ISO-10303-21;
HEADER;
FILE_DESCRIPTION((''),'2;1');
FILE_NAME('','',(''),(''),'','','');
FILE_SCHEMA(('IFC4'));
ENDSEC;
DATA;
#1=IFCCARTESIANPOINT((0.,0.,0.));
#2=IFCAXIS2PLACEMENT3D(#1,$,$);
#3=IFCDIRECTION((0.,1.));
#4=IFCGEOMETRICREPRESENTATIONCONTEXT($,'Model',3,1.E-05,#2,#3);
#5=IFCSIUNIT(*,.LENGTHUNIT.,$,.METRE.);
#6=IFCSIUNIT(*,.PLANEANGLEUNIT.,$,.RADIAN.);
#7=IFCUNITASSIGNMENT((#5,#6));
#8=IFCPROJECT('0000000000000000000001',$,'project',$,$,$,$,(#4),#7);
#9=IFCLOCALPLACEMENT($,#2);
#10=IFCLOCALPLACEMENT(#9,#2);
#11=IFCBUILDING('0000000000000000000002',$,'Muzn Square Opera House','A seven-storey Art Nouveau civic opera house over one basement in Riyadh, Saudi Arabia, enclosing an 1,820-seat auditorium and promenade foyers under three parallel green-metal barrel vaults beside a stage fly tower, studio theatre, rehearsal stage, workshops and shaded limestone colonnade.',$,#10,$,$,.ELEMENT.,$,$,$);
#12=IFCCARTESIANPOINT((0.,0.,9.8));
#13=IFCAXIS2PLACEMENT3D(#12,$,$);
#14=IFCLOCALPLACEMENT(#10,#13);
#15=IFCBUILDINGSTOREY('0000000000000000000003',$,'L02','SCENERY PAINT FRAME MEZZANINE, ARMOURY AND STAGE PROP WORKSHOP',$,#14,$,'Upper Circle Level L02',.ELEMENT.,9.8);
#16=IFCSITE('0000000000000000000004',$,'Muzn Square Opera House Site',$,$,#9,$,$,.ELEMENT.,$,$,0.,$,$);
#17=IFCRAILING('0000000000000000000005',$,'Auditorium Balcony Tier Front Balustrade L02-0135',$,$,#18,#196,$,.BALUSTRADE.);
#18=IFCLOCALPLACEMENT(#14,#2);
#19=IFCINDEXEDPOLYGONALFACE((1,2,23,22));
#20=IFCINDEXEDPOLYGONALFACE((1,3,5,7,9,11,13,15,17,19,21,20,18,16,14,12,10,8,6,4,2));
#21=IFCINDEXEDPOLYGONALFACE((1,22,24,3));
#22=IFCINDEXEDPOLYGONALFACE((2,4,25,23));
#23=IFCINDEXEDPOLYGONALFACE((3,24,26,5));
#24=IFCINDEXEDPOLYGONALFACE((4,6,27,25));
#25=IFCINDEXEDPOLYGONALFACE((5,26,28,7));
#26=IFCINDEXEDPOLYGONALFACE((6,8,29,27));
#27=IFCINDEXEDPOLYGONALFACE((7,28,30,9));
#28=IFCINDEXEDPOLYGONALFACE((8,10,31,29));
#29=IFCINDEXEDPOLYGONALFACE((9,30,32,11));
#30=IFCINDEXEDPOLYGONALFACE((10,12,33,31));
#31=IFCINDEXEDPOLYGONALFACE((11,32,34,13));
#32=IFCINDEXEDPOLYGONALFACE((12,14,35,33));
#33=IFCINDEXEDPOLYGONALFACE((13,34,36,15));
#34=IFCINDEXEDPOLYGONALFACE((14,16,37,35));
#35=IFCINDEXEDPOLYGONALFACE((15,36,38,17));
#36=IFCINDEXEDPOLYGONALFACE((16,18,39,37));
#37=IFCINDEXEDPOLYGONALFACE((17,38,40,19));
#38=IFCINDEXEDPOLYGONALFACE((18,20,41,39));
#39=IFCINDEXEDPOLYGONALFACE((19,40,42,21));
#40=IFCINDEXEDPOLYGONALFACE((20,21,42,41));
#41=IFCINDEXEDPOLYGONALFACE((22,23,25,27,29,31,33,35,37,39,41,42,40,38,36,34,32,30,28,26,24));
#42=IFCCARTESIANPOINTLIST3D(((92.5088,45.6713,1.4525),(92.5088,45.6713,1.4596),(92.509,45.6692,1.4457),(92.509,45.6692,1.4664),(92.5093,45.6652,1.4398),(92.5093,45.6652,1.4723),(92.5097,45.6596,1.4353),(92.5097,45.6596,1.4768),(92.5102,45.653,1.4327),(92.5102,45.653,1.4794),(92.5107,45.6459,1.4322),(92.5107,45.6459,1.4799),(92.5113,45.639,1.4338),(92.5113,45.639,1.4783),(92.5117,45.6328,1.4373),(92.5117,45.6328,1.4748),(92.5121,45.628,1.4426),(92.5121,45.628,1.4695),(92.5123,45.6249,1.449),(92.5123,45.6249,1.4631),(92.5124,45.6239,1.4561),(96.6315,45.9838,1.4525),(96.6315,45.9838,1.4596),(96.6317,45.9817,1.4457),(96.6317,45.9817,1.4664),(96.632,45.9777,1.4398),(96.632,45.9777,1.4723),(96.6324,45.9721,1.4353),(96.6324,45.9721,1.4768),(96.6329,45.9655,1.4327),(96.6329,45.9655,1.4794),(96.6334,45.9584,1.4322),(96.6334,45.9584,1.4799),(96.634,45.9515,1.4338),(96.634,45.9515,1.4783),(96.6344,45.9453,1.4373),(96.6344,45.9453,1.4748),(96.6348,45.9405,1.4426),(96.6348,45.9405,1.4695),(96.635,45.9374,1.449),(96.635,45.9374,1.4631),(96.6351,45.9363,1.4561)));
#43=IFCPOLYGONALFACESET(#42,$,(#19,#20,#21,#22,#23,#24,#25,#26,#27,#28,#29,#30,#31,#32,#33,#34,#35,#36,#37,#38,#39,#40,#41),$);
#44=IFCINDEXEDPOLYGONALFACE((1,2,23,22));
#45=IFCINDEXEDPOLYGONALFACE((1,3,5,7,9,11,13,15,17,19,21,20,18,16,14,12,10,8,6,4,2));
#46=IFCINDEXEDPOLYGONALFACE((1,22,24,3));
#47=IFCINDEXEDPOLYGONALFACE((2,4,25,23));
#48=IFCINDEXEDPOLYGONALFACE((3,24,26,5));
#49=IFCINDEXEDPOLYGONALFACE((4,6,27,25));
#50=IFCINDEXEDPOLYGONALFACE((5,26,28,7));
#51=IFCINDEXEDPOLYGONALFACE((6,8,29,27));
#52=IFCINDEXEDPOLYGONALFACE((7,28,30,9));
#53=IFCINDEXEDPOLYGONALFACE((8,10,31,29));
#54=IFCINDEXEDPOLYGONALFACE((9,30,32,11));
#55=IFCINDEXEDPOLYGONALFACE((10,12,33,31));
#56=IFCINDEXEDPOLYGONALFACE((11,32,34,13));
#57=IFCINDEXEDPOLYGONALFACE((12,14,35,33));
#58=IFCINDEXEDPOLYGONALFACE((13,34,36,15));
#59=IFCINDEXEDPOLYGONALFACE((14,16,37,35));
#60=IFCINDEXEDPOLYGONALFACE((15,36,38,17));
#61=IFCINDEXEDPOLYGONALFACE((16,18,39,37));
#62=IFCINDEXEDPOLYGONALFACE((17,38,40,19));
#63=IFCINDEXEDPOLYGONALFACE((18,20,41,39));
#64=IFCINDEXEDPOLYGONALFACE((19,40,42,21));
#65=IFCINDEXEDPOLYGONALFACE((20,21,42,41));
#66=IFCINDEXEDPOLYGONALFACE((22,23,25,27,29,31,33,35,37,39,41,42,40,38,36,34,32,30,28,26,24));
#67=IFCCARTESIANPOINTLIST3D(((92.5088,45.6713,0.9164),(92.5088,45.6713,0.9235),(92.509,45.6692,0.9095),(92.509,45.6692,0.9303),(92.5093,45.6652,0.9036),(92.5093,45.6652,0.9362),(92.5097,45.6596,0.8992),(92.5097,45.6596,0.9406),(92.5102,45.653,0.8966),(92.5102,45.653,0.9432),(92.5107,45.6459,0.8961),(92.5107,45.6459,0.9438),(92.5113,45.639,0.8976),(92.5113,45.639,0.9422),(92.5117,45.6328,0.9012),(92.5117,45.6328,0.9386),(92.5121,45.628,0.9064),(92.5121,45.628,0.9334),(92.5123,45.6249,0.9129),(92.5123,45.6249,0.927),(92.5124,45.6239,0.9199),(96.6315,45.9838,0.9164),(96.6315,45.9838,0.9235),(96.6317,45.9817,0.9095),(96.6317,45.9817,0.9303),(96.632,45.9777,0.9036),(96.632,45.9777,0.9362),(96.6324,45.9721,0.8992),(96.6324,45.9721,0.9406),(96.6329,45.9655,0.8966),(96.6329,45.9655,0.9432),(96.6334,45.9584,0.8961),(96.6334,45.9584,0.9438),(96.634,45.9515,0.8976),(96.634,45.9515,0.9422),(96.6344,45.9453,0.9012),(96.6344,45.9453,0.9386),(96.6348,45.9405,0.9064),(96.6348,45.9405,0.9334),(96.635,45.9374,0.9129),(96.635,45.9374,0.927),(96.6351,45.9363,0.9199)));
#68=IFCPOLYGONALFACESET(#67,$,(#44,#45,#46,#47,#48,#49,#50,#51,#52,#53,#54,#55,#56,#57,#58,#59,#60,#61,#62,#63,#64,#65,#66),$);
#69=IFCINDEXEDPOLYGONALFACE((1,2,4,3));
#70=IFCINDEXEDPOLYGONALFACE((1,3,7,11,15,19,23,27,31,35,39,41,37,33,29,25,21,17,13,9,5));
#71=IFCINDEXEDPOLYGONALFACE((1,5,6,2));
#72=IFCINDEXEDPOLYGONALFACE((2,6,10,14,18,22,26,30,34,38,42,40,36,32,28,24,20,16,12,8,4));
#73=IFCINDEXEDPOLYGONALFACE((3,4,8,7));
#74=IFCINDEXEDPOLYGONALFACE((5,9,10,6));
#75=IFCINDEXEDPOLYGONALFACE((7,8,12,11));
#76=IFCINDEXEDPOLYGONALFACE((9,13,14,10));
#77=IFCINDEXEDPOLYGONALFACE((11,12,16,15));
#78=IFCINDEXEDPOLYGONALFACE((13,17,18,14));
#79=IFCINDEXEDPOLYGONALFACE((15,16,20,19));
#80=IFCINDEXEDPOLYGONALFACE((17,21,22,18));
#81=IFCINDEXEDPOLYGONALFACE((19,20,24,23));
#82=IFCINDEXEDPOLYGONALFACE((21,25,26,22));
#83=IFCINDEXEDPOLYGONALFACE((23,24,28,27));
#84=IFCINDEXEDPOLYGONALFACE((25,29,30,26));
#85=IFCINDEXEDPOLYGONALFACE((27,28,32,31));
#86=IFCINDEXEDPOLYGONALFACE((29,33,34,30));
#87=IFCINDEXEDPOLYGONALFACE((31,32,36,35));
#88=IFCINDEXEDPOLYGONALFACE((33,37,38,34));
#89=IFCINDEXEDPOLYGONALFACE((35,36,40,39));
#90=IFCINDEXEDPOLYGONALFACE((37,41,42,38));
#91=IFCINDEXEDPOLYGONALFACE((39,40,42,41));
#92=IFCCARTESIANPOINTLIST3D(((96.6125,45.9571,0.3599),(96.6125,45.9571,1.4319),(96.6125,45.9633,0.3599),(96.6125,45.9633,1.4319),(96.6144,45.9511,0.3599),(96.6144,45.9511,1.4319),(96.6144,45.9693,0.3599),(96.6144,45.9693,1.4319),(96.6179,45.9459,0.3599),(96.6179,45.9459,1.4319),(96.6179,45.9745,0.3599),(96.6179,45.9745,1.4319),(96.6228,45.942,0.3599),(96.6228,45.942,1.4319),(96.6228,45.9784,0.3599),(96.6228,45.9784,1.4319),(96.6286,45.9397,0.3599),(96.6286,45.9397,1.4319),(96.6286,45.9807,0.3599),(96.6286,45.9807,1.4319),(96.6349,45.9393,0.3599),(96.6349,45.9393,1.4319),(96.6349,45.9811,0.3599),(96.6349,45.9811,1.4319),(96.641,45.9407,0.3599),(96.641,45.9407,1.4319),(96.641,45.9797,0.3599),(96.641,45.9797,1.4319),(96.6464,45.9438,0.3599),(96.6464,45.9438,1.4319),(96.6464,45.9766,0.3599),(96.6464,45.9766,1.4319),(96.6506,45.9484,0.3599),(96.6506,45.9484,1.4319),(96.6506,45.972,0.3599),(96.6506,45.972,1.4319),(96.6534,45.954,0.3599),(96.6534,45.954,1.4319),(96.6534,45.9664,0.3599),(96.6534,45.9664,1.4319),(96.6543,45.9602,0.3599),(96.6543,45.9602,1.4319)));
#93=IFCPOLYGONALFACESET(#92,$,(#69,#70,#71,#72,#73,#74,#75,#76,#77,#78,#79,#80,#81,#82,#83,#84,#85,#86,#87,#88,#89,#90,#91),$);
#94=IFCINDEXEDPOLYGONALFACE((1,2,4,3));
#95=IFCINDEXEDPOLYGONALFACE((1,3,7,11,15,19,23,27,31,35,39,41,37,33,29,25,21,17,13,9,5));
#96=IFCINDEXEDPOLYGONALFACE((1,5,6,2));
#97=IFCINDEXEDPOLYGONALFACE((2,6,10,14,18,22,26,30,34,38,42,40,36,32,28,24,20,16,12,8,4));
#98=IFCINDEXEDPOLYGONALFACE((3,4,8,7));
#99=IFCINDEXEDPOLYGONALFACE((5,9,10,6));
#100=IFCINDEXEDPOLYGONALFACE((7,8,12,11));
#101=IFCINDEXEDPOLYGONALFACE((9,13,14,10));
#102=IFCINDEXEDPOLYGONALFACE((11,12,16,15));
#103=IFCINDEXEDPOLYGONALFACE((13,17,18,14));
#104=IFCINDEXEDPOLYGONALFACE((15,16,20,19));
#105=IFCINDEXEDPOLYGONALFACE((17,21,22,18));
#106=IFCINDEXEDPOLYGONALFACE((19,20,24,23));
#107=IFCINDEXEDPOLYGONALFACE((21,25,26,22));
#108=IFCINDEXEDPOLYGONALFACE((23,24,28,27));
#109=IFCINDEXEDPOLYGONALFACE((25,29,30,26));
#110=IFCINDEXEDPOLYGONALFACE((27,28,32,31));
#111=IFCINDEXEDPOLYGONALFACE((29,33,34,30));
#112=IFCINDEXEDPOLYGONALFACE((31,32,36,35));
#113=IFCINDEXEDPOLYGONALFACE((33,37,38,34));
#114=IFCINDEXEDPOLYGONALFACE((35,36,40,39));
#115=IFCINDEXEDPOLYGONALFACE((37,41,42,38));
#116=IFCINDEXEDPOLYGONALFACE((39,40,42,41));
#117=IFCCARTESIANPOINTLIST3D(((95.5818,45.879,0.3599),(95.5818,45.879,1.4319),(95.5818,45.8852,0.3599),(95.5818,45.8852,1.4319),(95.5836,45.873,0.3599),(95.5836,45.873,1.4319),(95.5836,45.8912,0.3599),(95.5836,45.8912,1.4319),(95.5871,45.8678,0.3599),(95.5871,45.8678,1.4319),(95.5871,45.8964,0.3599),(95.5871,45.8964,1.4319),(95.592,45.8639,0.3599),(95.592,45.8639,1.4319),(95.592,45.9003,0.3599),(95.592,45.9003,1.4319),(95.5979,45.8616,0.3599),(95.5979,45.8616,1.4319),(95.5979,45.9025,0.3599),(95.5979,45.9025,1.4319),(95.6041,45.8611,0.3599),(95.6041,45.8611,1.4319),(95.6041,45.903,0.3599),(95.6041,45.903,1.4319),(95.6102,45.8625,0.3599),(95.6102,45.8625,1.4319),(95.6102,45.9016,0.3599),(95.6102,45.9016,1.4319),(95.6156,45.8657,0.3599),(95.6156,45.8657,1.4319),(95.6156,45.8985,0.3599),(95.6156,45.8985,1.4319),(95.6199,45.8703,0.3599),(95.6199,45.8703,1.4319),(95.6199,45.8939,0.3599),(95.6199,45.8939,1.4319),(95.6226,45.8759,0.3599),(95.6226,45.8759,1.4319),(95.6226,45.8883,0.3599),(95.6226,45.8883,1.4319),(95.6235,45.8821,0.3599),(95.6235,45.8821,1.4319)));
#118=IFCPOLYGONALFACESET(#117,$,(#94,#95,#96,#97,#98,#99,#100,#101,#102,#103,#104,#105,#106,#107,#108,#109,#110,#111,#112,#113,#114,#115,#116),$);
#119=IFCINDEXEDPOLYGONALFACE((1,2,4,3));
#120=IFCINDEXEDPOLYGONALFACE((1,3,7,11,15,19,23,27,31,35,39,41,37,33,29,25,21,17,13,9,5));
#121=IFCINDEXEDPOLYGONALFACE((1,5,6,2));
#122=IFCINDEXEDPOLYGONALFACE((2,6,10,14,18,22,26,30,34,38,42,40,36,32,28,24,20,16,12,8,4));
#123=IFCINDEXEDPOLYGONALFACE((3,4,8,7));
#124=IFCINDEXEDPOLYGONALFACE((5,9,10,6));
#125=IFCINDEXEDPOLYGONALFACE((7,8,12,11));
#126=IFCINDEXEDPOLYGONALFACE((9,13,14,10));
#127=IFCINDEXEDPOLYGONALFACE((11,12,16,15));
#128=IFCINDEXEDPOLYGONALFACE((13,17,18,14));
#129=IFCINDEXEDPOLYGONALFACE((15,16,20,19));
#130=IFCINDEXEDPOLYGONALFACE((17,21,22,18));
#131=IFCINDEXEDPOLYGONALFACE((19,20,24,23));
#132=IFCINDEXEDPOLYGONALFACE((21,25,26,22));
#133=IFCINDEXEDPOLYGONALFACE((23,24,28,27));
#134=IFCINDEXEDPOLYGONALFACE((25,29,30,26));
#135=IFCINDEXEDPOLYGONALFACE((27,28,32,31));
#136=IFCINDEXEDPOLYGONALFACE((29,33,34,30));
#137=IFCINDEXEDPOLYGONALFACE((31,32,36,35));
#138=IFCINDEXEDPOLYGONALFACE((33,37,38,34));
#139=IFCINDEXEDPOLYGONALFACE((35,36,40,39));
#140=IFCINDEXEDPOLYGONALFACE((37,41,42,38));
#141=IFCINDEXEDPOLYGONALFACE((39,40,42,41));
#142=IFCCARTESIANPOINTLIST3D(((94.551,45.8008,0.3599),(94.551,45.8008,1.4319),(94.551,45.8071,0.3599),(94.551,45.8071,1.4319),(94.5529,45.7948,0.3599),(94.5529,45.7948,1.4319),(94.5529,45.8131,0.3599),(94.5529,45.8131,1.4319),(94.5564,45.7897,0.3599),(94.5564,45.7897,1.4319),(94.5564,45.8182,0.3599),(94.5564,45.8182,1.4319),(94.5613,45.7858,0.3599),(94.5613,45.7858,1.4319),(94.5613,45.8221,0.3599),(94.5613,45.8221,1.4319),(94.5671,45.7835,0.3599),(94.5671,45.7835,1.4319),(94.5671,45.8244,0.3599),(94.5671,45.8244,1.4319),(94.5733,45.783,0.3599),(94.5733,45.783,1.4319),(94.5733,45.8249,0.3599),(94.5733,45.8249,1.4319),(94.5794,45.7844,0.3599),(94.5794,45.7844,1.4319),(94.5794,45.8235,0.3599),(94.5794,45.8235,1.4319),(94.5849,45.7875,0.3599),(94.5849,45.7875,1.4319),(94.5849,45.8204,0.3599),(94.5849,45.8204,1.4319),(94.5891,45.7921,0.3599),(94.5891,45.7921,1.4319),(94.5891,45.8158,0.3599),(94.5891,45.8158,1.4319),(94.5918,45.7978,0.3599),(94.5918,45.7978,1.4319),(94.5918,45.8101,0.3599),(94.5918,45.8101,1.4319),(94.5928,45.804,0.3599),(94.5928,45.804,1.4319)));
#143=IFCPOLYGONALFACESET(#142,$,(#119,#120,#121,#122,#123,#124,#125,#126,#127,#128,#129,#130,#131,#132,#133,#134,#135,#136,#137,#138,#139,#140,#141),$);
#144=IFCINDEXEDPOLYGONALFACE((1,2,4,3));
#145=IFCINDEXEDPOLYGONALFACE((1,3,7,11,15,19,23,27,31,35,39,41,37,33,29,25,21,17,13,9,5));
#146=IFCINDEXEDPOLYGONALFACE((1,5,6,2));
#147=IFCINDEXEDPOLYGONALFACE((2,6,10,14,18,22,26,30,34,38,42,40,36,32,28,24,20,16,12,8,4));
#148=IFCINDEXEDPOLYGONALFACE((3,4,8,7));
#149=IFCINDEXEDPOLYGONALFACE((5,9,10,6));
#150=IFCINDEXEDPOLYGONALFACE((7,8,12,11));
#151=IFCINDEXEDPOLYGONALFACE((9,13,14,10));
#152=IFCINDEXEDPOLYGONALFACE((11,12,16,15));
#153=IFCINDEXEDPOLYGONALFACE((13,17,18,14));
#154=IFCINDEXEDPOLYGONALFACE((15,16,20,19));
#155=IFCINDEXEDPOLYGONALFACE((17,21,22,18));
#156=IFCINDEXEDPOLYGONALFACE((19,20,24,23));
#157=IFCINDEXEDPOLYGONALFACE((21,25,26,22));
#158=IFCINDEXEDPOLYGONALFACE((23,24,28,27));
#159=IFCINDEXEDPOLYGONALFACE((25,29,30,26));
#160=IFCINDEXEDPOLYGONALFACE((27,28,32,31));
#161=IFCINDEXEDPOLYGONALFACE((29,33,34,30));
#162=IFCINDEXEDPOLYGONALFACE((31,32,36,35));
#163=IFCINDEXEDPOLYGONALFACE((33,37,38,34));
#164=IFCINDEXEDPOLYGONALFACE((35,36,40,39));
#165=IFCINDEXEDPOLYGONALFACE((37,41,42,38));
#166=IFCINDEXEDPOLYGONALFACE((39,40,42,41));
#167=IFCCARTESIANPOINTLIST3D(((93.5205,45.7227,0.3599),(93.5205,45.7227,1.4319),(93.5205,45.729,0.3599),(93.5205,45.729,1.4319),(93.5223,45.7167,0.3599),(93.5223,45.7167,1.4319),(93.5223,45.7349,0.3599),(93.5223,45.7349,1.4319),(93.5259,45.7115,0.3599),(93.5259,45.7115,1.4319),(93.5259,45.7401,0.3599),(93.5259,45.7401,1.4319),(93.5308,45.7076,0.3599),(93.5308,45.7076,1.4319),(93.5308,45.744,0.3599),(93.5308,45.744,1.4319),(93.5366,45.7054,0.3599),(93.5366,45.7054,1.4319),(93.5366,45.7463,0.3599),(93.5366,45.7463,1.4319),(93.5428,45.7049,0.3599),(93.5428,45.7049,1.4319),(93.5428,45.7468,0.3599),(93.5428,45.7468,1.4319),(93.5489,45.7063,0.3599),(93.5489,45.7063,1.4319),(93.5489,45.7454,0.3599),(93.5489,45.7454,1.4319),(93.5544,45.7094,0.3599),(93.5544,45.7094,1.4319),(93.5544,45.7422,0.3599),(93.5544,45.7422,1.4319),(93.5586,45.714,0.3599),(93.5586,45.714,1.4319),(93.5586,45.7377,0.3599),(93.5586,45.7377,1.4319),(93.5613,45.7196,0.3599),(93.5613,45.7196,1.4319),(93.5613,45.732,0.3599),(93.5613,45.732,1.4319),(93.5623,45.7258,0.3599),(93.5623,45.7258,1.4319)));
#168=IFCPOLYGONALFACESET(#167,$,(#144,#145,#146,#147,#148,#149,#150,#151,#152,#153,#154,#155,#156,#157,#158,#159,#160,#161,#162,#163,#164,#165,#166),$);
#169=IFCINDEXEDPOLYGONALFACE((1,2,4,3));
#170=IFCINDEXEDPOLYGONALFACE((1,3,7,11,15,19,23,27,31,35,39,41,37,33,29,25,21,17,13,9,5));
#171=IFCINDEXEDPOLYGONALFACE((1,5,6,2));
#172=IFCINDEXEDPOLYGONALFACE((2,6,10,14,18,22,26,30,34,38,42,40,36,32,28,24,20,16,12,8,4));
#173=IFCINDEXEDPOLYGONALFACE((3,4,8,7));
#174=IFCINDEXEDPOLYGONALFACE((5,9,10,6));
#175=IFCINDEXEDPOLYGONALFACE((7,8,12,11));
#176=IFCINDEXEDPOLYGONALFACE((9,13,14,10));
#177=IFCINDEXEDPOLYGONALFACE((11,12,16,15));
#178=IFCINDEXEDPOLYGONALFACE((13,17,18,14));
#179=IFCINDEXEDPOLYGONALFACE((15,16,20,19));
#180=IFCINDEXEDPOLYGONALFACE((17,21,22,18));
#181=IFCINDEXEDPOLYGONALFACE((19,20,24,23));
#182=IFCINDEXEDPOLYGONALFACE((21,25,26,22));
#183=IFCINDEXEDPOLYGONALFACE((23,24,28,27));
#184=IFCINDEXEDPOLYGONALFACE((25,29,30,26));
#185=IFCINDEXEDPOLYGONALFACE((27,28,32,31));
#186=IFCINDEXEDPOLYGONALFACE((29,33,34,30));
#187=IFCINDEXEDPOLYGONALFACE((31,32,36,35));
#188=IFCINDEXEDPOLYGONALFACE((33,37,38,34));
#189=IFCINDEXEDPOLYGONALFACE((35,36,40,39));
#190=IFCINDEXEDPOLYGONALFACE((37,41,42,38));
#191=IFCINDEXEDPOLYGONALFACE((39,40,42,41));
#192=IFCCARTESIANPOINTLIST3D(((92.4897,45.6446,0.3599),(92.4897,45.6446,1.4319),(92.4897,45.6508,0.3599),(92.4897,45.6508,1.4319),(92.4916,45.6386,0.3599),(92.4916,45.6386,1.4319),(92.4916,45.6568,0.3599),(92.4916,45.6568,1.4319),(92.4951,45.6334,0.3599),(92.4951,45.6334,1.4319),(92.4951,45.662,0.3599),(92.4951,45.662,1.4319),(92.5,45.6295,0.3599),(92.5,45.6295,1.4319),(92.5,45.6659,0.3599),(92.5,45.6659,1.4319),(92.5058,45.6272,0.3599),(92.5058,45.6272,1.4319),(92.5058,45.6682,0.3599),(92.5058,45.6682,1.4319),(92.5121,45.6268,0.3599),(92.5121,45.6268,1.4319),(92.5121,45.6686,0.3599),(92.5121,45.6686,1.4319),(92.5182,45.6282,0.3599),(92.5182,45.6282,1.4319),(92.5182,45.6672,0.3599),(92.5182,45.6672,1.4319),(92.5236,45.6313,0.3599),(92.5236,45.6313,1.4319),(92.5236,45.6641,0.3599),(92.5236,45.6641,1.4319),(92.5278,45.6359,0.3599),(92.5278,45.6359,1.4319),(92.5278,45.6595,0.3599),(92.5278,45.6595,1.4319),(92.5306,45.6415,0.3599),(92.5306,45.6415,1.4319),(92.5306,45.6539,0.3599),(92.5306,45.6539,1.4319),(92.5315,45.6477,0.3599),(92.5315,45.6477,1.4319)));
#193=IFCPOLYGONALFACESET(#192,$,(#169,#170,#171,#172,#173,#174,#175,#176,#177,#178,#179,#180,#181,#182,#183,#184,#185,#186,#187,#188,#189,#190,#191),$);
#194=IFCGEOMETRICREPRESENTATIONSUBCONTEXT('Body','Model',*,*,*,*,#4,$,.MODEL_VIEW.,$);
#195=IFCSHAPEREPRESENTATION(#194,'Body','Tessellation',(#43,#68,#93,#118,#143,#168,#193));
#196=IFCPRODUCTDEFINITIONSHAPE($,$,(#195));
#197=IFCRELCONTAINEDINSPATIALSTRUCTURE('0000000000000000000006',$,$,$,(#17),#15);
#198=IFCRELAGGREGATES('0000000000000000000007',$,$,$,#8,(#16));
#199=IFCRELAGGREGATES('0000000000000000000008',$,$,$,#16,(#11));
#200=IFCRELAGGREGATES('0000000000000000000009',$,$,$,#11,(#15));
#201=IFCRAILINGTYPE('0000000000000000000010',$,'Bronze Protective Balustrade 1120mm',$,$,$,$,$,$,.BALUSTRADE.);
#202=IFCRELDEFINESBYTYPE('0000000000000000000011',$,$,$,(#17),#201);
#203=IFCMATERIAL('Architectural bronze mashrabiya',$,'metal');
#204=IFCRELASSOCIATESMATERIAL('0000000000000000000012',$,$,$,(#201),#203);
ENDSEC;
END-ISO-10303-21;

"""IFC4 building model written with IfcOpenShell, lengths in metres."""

from ifc_helpers import new_model, si_unit, direction, frame, origin, origin_2d, place, context, subcontext, project, spatial, circle, extrude, material, type_object, element, save


model = new_model("IFC4")

# Units and contexts
model_context = context("Model", 3, precision=1e-05, world=origin(), true_north=direction((0.0, 1.0)))
body_context = subcontext(model_context, "Body", "Model", "MODEL_VIEW")
ifc_project = project(units=[si_unit("LENGTHUNIT", "METRE"), si_unit("PLANEANGLEUNIT", "RADIAN")], contexts=[model_context])

# Site, building, storey
site_placement = place(None, origin())
site = spatial("IfcSite", under=ifc_project, at=site_placement, Name="Muzn Square Opera House Site", CompositionType="ELEMENT", RefElevation=0.0)
building_placement = place(site_placement, origin())
building = spatial("IfcBuilding", under=site, at=building_placement, Name="Muzn Square Opera House", Description="A seven-storey Art Nouveau civic opera house over one basement in Riyadh, Saudi Arabia, enclosing an 1,820-seat auditorium and promenade foyers under three parallel green-metal barrel vaults beside a stage fly tower, studio theatre, rehearsal stage, workshops and shaded limestone colonnade.", CompositionType="ELEMENT")
storey_placement = place(building_placement, frame((0.0, 0.0, 9.8)))
storey = spatial("IfcBuildingStorey", under=building, at=storey_placement, Name="L02", Description="SCENERY PAINT FRAME MEZZANINE, ARMOURY AND STAGE PROP WORKSHOP", LongName="Upper Circle Level L02", CompositionType="ELEMENT", Elevation=9.8)

# Railing
ifc_material_1 = material(Name="Architectural bronze mashrabiya", Category="metal")
railing_type = type_object("IfcRailingType", Name="Bronze Protective Balustrade 1120mm", PredefinedType="BALUSTRADE", material=ifc_material_1)
railing_1_placement = place(storey_placement, frame((96.6333, 45.9602, 0.3599)))
element("IfcRailing", 1, at=railing_1_placement, inside=storey, type_object=railing_type, Name="Auditorium Balcony Tier Front Balustrade L02-0135", PredefinedType="BALUSTRADE", context=body_context, shape_type="SweptSolid", body=[
    extrude(circle(Radius=0.0239, at=origin_2d()), frame((0.0, 0.0, 1.0962), z_axis=(-0.99714, -0.075581, 0.0), x_axis=(0.075581, -0.99714, 0.0)), (0.0, 0.0, 1.0), 4.1345),
    extrude(circle(Radius=0.0239, at=origin_2d()), frame((0.0, 0.0, 0.5601), z_axis=(-0.99714, -0.075581, 0.0), x_axis=(0.075581, -0.99714, 0.0)), (0.0, 0.0, 1.0), 4.1345),
    extrude(circle(Radius=0.021, at=origin_2d()), origin(), (0.0, 0.0, 1.0), 1.072),
    extrude(circle(Radius=0.021, at=origin_2d()), frame((-1.0308, -0.0781, 0.0)), (0.0, 0.0, 1.0), 1.072),
    extrude(circle(Radius=0.021, at=origin_2d()), frame((-2.0615, -0.1562, 0.0)), (0.0, 0.0, 1.0), 1.072),
    extrude(circle(Radius=0.021, at=origin_2d()), frame((-3.092, -0.2344, 0.0)), (0.0, 0.0, 1.0), 1.072),
    extrude(circle(Radius=0.021, at=origin_2d()), frame((-4.1228, -0.3125, 0.0)), (0.0, 0.0, 1.0), 1.072),
])

save(model, "model.ifc")
